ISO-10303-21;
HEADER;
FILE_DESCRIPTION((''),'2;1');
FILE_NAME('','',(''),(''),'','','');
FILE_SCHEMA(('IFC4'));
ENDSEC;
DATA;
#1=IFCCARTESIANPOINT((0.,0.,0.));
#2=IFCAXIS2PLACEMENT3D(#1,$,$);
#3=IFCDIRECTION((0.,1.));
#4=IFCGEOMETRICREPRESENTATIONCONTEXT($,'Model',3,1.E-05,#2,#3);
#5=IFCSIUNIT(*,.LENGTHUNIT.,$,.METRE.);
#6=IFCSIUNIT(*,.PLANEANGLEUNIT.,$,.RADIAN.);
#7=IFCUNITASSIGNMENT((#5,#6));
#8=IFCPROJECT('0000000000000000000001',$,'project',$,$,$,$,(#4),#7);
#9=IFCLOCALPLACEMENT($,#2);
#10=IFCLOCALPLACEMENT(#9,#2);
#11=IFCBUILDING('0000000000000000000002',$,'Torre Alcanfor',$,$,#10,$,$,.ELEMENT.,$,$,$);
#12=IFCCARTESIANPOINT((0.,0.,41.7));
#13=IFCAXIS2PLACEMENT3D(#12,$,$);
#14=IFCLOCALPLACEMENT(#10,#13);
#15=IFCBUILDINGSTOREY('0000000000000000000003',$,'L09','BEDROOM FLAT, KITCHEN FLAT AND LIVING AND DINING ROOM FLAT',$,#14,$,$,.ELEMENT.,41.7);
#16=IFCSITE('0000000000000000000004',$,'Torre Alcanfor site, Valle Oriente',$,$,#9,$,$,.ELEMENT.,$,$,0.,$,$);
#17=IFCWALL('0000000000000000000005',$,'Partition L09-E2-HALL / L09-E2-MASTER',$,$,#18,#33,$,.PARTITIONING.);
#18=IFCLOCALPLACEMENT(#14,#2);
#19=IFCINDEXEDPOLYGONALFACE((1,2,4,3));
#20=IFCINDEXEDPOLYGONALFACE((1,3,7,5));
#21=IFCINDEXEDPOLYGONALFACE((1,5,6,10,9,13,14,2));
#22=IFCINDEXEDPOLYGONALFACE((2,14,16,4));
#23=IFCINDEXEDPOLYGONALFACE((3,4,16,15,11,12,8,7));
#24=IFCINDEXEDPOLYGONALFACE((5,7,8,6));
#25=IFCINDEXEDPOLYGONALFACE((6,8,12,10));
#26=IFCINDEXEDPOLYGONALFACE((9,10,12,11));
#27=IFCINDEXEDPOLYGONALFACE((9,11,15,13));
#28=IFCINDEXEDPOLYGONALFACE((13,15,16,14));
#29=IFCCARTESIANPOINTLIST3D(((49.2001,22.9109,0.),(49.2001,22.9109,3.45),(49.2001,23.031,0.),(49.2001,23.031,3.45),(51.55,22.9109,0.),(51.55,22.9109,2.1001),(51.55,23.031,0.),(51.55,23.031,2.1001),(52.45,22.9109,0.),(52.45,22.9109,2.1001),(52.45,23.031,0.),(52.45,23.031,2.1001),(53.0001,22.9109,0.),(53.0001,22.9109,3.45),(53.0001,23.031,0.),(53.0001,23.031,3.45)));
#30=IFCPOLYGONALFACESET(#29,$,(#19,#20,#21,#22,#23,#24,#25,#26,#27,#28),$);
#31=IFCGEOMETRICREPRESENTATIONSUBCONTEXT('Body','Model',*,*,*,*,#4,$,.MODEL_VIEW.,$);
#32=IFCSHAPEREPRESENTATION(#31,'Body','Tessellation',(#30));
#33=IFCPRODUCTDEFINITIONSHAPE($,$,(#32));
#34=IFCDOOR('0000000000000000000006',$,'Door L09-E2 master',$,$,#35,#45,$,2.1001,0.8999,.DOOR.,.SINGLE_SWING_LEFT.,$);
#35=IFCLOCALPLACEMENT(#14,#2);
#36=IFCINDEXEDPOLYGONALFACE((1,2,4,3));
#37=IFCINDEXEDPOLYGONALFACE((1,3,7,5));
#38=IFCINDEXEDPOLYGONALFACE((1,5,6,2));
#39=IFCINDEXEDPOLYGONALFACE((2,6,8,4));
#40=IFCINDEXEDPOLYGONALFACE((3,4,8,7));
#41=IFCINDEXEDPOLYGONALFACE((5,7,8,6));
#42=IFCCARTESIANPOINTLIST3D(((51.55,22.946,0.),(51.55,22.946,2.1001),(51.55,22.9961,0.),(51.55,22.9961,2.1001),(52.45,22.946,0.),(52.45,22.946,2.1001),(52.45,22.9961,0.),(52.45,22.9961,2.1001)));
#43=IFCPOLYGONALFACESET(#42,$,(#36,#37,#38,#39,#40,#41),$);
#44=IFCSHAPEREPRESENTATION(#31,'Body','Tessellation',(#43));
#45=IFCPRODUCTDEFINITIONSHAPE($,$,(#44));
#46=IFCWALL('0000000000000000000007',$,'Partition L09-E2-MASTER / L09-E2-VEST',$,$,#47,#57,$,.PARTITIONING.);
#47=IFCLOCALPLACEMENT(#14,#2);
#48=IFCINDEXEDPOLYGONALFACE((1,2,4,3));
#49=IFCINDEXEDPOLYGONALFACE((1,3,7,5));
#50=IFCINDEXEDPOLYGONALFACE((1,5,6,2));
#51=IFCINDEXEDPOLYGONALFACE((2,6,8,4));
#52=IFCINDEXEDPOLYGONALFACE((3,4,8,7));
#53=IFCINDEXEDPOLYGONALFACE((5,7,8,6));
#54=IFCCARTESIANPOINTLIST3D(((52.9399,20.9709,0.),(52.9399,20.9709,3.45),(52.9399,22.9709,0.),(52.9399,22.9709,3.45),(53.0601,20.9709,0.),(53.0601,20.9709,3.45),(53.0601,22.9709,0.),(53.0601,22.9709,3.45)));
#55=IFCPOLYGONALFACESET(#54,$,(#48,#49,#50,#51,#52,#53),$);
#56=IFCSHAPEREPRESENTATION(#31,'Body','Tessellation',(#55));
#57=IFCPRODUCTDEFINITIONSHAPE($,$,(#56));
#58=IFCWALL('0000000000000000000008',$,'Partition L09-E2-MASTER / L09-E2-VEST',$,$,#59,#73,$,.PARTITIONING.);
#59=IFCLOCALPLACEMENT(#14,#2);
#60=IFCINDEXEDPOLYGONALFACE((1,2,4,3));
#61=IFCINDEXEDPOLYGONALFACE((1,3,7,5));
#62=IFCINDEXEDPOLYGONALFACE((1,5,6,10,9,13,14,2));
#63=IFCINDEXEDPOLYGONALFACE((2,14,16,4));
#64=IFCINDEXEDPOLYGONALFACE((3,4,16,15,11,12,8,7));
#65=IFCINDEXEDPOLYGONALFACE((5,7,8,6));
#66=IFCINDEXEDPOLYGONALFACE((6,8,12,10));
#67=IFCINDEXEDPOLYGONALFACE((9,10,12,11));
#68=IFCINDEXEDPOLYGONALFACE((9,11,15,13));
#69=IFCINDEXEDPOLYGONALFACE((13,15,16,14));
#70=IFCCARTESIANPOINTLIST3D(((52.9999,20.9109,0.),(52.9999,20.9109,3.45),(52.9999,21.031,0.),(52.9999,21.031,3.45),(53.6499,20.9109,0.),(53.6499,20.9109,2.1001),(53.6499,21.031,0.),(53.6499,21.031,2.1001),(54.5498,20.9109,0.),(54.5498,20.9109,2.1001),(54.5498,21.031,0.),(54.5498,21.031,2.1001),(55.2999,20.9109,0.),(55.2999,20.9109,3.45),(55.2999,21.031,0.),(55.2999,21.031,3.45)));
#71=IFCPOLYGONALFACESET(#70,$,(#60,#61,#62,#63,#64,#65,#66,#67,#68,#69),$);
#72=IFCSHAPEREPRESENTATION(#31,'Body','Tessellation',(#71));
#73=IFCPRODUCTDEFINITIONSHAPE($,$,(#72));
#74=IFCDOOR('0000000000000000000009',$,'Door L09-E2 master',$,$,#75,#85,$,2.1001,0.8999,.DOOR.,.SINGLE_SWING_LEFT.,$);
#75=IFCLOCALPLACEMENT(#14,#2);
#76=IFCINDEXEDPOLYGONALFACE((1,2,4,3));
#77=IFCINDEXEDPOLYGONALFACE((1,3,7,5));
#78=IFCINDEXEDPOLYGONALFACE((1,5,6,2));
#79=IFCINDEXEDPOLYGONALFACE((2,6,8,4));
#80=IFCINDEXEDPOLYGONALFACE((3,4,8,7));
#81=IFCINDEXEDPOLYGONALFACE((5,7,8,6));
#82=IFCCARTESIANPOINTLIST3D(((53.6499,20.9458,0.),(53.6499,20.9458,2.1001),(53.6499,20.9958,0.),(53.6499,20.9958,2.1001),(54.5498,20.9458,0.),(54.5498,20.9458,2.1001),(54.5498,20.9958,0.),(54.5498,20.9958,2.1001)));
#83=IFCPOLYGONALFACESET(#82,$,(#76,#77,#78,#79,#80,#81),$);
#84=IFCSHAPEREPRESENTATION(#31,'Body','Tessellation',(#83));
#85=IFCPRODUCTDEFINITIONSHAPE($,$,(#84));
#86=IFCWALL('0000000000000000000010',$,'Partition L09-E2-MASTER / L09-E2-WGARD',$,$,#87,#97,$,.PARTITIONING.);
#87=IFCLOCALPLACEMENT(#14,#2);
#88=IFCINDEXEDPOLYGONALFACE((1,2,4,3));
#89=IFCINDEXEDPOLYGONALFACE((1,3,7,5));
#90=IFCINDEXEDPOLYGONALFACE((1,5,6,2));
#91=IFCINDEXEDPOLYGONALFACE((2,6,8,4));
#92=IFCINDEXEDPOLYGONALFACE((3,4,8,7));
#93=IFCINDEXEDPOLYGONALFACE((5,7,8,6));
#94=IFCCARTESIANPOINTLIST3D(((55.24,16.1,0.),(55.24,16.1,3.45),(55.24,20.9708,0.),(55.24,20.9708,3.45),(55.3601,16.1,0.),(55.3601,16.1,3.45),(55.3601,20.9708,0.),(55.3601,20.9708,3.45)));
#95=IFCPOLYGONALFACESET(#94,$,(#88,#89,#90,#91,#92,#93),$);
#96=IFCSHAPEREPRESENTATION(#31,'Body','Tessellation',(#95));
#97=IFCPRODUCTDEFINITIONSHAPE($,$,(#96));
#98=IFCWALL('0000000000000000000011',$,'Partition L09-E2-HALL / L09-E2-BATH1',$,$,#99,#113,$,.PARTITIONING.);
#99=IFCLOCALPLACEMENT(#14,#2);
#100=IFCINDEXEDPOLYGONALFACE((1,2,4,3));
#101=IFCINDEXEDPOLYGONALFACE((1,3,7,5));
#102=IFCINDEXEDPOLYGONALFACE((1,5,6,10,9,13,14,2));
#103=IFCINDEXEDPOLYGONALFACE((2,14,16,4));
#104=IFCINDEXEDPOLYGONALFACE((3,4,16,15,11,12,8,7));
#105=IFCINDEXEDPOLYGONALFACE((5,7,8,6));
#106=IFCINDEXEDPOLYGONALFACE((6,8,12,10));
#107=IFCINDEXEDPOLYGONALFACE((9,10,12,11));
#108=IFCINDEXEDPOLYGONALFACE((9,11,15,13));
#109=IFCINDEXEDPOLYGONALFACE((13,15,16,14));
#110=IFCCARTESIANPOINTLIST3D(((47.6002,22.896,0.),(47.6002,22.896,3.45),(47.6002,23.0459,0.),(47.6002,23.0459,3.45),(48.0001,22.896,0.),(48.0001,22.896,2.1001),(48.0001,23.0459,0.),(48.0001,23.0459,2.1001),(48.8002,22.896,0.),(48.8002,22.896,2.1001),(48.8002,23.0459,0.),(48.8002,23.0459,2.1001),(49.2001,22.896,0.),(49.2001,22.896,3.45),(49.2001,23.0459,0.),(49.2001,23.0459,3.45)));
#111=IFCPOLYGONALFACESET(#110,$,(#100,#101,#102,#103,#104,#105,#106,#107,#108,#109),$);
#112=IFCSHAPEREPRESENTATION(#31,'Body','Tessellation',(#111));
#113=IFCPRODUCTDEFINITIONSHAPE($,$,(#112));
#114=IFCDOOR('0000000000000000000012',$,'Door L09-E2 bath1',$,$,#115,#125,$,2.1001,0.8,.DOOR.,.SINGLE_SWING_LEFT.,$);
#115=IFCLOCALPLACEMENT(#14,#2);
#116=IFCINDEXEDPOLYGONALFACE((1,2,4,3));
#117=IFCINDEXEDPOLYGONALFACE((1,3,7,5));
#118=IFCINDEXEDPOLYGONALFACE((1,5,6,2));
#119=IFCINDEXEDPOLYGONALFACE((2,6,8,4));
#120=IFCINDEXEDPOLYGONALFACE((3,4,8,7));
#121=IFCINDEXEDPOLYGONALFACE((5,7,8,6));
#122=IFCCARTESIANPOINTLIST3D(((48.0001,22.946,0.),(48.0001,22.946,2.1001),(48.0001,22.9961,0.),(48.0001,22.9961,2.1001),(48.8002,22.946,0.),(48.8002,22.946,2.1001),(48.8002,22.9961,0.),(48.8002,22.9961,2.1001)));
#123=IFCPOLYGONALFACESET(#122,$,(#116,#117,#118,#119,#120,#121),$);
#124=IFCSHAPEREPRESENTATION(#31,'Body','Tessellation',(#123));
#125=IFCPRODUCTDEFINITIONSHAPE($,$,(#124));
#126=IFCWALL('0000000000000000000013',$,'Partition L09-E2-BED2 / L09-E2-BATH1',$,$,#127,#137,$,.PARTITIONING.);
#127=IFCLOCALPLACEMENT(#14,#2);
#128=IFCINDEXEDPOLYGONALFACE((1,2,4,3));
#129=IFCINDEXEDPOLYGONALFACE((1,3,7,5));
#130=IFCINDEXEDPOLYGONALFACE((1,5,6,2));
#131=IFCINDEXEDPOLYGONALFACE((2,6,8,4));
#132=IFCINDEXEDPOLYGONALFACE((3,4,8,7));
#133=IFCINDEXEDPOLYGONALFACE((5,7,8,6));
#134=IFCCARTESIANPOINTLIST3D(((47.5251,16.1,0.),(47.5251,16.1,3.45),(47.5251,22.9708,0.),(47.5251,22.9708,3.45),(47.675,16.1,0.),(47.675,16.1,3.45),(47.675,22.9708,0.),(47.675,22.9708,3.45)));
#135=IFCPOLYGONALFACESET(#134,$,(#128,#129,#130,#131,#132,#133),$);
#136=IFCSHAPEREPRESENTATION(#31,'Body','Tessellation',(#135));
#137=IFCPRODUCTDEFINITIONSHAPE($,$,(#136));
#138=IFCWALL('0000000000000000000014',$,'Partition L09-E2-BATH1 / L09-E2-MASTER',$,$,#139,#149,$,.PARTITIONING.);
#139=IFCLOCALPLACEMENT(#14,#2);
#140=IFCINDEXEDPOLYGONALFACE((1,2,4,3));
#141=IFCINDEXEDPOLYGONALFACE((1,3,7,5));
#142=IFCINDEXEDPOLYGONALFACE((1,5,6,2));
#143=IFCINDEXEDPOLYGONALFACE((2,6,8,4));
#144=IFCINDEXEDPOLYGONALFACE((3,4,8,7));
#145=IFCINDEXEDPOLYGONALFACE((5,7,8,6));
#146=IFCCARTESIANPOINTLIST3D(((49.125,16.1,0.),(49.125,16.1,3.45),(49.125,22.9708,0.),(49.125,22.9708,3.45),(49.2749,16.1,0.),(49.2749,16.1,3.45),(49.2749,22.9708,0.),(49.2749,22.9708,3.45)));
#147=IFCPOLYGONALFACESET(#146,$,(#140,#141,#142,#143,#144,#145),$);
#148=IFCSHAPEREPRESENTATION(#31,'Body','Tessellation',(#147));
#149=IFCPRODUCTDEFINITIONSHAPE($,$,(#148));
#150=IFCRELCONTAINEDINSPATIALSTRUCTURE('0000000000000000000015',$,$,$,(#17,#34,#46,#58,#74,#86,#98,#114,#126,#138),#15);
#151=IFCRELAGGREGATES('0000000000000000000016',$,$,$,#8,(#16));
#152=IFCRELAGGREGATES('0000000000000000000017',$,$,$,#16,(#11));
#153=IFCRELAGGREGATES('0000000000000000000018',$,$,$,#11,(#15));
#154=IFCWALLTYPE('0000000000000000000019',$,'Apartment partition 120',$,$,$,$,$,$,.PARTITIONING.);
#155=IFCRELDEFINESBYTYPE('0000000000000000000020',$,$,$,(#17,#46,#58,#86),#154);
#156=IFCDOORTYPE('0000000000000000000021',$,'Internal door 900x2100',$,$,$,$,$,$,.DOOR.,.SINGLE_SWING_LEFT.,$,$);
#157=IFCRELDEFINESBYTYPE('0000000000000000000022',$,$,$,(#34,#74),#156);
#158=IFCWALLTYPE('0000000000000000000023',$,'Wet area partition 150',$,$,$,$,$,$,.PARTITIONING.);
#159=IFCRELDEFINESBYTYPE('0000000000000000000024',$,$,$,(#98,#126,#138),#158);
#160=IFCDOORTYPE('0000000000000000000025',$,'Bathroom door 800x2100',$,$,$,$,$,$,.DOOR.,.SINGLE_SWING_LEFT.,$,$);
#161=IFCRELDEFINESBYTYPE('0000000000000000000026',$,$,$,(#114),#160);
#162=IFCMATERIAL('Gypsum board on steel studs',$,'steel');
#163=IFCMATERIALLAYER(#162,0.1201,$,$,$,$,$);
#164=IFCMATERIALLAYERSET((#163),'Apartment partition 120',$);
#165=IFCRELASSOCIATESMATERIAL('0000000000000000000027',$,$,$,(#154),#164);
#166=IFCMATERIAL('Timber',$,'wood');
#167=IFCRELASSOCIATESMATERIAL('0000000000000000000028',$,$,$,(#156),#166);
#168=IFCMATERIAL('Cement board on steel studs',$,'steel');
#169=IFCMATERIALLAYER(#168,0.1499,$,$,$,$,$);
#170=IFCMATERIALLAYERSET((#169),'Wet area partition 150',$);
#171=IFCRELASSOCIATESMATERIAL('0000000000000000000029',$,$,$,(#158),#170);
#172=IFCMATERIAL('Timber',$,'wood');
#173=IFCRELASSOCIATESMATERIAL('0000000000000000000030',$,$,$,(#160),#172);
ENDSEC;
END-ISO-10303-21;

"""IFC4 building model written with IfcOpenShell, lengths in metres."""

from ifc_helpers import new_model, si_unit, direction, frame, frame_2d, origin, place, context, subcontext, project, spatial, rectangle, extrude, material, layer, layer_set, type_object, element, fill, save


model = new_model("IFC4")

# Units and contexts
model_context = context("Model", 3, precision=1e-05, world=origin(), true_north=direction((0.0, 1.0)))
body_context = subcontext(model_context, "Body", "Model", "MODEL_VIEW")
ifc_project = project(units=[si_unit("LENGTHUNIT", "METRE"), si_unit("PLANEANGLEUNIT", "RADIAN")], contexts=[model_context])

# Site, building, storey
site_placement = place(None, origin())
site = spatial("IfcSite", under=ifc_project, at=site_placement, Name="Torre Alcanfor site, Valle Oriente", CompositionType="ELEMENT", RefElevation=0.0)
building_placement = place(site_placement, origin())
building = spatial("IfcBuilding", under=site, at=building_placement, Name="Torre Alcanfor", CompositionType="ELEMENT")
storey_placement = place(building_placement, frame((0.0, 0.0, 41.7)))
storey = spatial("IfcBuildingStorey", under=building, at=storey_placement, Name="L09", Description="BEDROOM FLAT, KITCHEN FLAT AND LIVING AND DINING ROOM FLAT", CompositionType="ELEMENT", Elevation=41.7)

# Wall, opening, door
ifc_material_1 = material(Name="Gypsum board on steel studs", Category="steel")
ifc_layer_1 = layer(ifc_material_1, 0.1201)
ifc_layer_set_1 = layer_set([ifc_layer_1], Name="Apartment partition 120")
wall_type_1 = type_object("IfcWallType", Name="Apartment partition 120", PredefinedType="PARTITIONING", material=ifc_layer_set_1)
ifc_material_2 = material(Name="Timber", Category="wood")
door_type_1 = type_object("IfcDoorType", Name="Internal door 900x2100", OperationType="SINGLE_SWING_LEFT", PredefinedType="DOOR", material=ifc_material_2)
wall_1_placement = place(storey_placement, frame((53.0, 22.9709, 0.0), z_axis=(0.0, 0.0, 1.0), x_axis=(-1.0, 0.0, 0.0)))
wall_1 = element("IfcWall", 1, at=wall_1_placement, inside=storey, type_object=wall_type_1, Name="Partition L09-E2-HALL / L09-E2-MASTER", PredefinedType="PARTITIONING", context=body_context, shape_type="SweptSolid", body=[
    extrude(rectangle(XDim=3.8, YDim=0.1201, at=frame_2d((1.8999, 0.0))), origin(), (0.0, 0.0, 1.0), 3.45),
])
opening_1_placement = place(wall_1_placement, frame((0.55, 0.0, 0.0)))
opening_1 = element("IfcOpeningElement", 2, at=opening_1_placement, cuts=wall_1, PredefinedType="OPENING", context=body_context, shape_type="SweptSolid", body=[
    extrude(rectangle(XDim=0.8999, YDim=2.1001, at=frame_2d((0.45, 1.05))), frame((0.0, 0.0701, 0.0), z_axis=(0.0, -1.0, 0.0), x_axis=(1.0, 0.0, 0.0)), (0.0, 0.0, 1.0), 0.1401),
])
door_1_placement = place(opening_1_placement, origin())
door_1 = element("IfcDoor", 3, at=door_1_placement, inside=storey, type_object=door_type_1, Name="Door L09-E2 master", OperationType="SINGLE_SWING_LEFT", OverallHeight=2.1001, OverallWidth=0.8999, PredefinedType="DOOR", context=body_context, shape_type="SweptSolid", body=[
    extrude(rectangle(XDim=0.8999, YDim=2.1001, at=frame_2d((0.45, 1.05))), frame((0.0, 0.0249, 0.0), z_axis=(0.0, -1.0, 0.0), x_axis=(1.0, 0.0, 0.0)), (0.0, 0.0, 1.0), 0.05),
])
fill(opening_1, door_1)

# Wall
wall_2_placement = place(storey_placement, frame((53.0, 22.9709, 0.0), z_axis=(0.0, 0.0, 1.0), x_axis=(0.0, -1.0, 0.0)))
element("IfcWall", 4, at=wall_2_placement, inside=storey, type_object=wall_type_1, Name="Partition L09-E2-MASTER / L09-E2-VEST", PredefinedType="PARTITIONING", context=body_context, shape_type="SweptSolid", body=[
    extrude(rectangle(XDim=2.0, YDim=0.1201, at=frame_2d((1.0, 0.0))), origin(), (0.0, 0.0, 1.0), 3.45),
])

# Wall, opening, door
wall_3_placement = place(storey_placement, frame((53.0, 20.9709, 0.0), z_axis=(0.0, 0.0, 1.0), x_axis=(1.0, 0.0, 0.0)))
wall_3 = element("IfcWall", 5, at=wall_3_placement, inside=storey, type_object=wall_type_1, Name="Partition L09-E2-MASTER / L09-E2-VEST", PredefinedType="PARTITIONING", context=body_context, shape_type="SweptSolid", body=[
    extrude(rectangle(XDim=2.3, YDim=0.1201, at=frame_2d((1.1499, 0.0))), origin(), (0.0, 0.0, 1.0), 3.45),
])
opening_2_placement = place(wall_3_placement, frame((0.6499, 0.0, 0.0)))
opening_2 = element("IfcOpeningElement", 6, at=opening_2_placement, cuts=wall_3, PredefinedType="OPENING", context=body_context, shape_type="SweptSolid", body=[
    extrude(rectangle(XDim=0.8999, YDim=2.1001, at=frame_2d((0.45, 1.05))), frame((0.0, 0.0701, 0.0), z_axis=(0.0, -1.0, 0.0), x_axis=(1.0, 0.0, 0.0)), (0.0, 0.0, 1.0), 0.1401),
])
door_2_placement = place(opening_2_placement, origin())
door_2 = element("IfcDoor", 7, at=door_2_placement, inside=storey, type_object=door_type_1, Name="Door L09-E2 master", OperationType="SINGLE_SWING_LEFT", OverallHeight=2.1001, OverallWidth=0.8999, PredefinedType="DOOR", context=body_context, shape_type="SweptSolid", body=[
    extrude(rectangle(XDim=0.8999, YDim=2.1001, at=frame_2d((0.45, 1.05))), frame((0.0, 0.0249, 0.0), z_axis=(0.0, -1.0, 0.0), x_axis=(1.0, 0.0, 0.0)), (0.0, 0.0, 1.0), 0.05),
])
fill(opening_2, door_2)

# Wall
wall_4_placement = place(storey_placement, frame((55.3, 20.9709, 0.0), z_axis=(0.0, 0.0, 1.0), x_axis=(0.0, -1.0, 0.0)))
element("IfcWall", 8, at=wall_4_placement, inside=storey, type_object=wall_type_1, Name="Partition L09-E2-MASTER / L09-E2-WGARD", PredefinedType="PARTITIONING", context=body_context, shape_type="SweptSolid", body=[
    extrude(rectangle(XDim=4.8708, YDim=0.1201, at=frame_2d((2.4355, 0.0))), origin(), (0.0, 0.0, 1.0), 3.45),
])

# Wall, opening, door
ifc_material_3 = material(Name="Cement board on steel studs", Category="steel")
ifc_layer_2 = layer(ifc_material_3, 0.1499)
ifc_layer_set_2 = layer_set([ifc_layer_2], Name="Wet area partition 150")
wall_type_2 = type_object("IfcWallType", Name="Wet area partition 150", PredefinedType="PARTITIONING", material=ifc_layer_set_2)
wall_5_placement = place(storey_placement, frame((49.2, 22.9709, 0.0), z_axis=(0.0, 0.0, 1.0), x_axis=(-1.0, 0.0, 0.0)))
wall_5 = element("IfcWall", 9, at=wall_5_placement, inside=storey, type_object=wall_type_2, Name="Partition L09-E2-HALL / L09-E2-BATH1", PredefinedType="PARTITIONING", context=body_context, shape_type="SweptSolid", body=[
    extrude(rectangle(XDim=1.5999, YDim=0.1499, at=frame_2d((0.7998, 0.0))), origin(), (0.0, 0.0, 1.0), 3.45),
])
opening_3_placement = place(wall_5_placement, frame((0.3999, 0.0, 0.0)))
opening_3 = element("IfcOpeningElement", 10, at=opening_3_placement, cuts=wall_5, PredefinedType="OPENING", context=body_context, shape_type="SweptSolid", body=[
    extrude(rectangle(XDim=0.8, YDim=2.1001, at=frame_2d((0.3999, 1.05))), frame((0.0, 0.085, 0.0), z_axis=(0.0, -1.0, 0.0), x_axis=(1.0, 0.0, 0.0)), (0.0, 0.0, 1.0), 0.1699),
])
ifc_material_4 = material(Name="Timber", Category="wood")
door_type_2 = type_object("IfcDoorType", Name="Bathroom door 800x2100", OperationType="SINGLE_SWING_LEFT", PredefinedType="DOOR", material=ifc_material_4)
door_3_placement = place(opening_3_placement, origin())
door_3 = element("IfcDoor", 11, at=door_3_placement, inside=storey, type_object=door_type_2, Name="Door L09-E2 bath1", OperationType="SINGLE_SWING_LEFT", OverallHeight=2.1001, OverallWidth=0.8, PredefinedType="DOOR", context=body_context, shape_type="SweptSolid", body=[
    extrude(rectangle(XDim=0.8, YDim=2.1001, at=frame_2d((0.3999, 1.05))), frame((0.0, 0.0249, 0.0), z_axis=(0.0, -1.0, 0.0), x_axis=(1.0, 0.0, 0.0)), (0.0, 0.0, 1.0), 0.05),
])
fill(opening_3, door_3)

# Walls
for number, where, z_axis, x_axis, name in (
    (12, (47.6001, 22.9709, 0.0), (0.0, 0.0, 1.0), (0.0, -1.0, 0.0), "Partition L09-E2-BED2 / L09-E2-BATH1"),
    (13, (49.2, 22.9709, 0.0), (0.0, 0.0, 1.0), (0.0, -1.0, 0.0), "Partition L09-E2-BATH1 / L09-E2-MASTER"),
):
    element("IfcWall", number, at=place(storey_placement, frame(where, z_axis=z_axis, x_axis=x_axis)), inside=storey, type_object=wall_type_2, Name=name, PredefinedType="PARTITIONING", context=body_context, shape_type="SweptSolid", body=[
        extrude(rectangle(XDim=6.8708, YDim=0.1499, at=frame_2d((3.4355, 0.0))), origin(), (0.0, 0.0, 1.0), 3.45),
    ])

save(model, "model.ifc")
